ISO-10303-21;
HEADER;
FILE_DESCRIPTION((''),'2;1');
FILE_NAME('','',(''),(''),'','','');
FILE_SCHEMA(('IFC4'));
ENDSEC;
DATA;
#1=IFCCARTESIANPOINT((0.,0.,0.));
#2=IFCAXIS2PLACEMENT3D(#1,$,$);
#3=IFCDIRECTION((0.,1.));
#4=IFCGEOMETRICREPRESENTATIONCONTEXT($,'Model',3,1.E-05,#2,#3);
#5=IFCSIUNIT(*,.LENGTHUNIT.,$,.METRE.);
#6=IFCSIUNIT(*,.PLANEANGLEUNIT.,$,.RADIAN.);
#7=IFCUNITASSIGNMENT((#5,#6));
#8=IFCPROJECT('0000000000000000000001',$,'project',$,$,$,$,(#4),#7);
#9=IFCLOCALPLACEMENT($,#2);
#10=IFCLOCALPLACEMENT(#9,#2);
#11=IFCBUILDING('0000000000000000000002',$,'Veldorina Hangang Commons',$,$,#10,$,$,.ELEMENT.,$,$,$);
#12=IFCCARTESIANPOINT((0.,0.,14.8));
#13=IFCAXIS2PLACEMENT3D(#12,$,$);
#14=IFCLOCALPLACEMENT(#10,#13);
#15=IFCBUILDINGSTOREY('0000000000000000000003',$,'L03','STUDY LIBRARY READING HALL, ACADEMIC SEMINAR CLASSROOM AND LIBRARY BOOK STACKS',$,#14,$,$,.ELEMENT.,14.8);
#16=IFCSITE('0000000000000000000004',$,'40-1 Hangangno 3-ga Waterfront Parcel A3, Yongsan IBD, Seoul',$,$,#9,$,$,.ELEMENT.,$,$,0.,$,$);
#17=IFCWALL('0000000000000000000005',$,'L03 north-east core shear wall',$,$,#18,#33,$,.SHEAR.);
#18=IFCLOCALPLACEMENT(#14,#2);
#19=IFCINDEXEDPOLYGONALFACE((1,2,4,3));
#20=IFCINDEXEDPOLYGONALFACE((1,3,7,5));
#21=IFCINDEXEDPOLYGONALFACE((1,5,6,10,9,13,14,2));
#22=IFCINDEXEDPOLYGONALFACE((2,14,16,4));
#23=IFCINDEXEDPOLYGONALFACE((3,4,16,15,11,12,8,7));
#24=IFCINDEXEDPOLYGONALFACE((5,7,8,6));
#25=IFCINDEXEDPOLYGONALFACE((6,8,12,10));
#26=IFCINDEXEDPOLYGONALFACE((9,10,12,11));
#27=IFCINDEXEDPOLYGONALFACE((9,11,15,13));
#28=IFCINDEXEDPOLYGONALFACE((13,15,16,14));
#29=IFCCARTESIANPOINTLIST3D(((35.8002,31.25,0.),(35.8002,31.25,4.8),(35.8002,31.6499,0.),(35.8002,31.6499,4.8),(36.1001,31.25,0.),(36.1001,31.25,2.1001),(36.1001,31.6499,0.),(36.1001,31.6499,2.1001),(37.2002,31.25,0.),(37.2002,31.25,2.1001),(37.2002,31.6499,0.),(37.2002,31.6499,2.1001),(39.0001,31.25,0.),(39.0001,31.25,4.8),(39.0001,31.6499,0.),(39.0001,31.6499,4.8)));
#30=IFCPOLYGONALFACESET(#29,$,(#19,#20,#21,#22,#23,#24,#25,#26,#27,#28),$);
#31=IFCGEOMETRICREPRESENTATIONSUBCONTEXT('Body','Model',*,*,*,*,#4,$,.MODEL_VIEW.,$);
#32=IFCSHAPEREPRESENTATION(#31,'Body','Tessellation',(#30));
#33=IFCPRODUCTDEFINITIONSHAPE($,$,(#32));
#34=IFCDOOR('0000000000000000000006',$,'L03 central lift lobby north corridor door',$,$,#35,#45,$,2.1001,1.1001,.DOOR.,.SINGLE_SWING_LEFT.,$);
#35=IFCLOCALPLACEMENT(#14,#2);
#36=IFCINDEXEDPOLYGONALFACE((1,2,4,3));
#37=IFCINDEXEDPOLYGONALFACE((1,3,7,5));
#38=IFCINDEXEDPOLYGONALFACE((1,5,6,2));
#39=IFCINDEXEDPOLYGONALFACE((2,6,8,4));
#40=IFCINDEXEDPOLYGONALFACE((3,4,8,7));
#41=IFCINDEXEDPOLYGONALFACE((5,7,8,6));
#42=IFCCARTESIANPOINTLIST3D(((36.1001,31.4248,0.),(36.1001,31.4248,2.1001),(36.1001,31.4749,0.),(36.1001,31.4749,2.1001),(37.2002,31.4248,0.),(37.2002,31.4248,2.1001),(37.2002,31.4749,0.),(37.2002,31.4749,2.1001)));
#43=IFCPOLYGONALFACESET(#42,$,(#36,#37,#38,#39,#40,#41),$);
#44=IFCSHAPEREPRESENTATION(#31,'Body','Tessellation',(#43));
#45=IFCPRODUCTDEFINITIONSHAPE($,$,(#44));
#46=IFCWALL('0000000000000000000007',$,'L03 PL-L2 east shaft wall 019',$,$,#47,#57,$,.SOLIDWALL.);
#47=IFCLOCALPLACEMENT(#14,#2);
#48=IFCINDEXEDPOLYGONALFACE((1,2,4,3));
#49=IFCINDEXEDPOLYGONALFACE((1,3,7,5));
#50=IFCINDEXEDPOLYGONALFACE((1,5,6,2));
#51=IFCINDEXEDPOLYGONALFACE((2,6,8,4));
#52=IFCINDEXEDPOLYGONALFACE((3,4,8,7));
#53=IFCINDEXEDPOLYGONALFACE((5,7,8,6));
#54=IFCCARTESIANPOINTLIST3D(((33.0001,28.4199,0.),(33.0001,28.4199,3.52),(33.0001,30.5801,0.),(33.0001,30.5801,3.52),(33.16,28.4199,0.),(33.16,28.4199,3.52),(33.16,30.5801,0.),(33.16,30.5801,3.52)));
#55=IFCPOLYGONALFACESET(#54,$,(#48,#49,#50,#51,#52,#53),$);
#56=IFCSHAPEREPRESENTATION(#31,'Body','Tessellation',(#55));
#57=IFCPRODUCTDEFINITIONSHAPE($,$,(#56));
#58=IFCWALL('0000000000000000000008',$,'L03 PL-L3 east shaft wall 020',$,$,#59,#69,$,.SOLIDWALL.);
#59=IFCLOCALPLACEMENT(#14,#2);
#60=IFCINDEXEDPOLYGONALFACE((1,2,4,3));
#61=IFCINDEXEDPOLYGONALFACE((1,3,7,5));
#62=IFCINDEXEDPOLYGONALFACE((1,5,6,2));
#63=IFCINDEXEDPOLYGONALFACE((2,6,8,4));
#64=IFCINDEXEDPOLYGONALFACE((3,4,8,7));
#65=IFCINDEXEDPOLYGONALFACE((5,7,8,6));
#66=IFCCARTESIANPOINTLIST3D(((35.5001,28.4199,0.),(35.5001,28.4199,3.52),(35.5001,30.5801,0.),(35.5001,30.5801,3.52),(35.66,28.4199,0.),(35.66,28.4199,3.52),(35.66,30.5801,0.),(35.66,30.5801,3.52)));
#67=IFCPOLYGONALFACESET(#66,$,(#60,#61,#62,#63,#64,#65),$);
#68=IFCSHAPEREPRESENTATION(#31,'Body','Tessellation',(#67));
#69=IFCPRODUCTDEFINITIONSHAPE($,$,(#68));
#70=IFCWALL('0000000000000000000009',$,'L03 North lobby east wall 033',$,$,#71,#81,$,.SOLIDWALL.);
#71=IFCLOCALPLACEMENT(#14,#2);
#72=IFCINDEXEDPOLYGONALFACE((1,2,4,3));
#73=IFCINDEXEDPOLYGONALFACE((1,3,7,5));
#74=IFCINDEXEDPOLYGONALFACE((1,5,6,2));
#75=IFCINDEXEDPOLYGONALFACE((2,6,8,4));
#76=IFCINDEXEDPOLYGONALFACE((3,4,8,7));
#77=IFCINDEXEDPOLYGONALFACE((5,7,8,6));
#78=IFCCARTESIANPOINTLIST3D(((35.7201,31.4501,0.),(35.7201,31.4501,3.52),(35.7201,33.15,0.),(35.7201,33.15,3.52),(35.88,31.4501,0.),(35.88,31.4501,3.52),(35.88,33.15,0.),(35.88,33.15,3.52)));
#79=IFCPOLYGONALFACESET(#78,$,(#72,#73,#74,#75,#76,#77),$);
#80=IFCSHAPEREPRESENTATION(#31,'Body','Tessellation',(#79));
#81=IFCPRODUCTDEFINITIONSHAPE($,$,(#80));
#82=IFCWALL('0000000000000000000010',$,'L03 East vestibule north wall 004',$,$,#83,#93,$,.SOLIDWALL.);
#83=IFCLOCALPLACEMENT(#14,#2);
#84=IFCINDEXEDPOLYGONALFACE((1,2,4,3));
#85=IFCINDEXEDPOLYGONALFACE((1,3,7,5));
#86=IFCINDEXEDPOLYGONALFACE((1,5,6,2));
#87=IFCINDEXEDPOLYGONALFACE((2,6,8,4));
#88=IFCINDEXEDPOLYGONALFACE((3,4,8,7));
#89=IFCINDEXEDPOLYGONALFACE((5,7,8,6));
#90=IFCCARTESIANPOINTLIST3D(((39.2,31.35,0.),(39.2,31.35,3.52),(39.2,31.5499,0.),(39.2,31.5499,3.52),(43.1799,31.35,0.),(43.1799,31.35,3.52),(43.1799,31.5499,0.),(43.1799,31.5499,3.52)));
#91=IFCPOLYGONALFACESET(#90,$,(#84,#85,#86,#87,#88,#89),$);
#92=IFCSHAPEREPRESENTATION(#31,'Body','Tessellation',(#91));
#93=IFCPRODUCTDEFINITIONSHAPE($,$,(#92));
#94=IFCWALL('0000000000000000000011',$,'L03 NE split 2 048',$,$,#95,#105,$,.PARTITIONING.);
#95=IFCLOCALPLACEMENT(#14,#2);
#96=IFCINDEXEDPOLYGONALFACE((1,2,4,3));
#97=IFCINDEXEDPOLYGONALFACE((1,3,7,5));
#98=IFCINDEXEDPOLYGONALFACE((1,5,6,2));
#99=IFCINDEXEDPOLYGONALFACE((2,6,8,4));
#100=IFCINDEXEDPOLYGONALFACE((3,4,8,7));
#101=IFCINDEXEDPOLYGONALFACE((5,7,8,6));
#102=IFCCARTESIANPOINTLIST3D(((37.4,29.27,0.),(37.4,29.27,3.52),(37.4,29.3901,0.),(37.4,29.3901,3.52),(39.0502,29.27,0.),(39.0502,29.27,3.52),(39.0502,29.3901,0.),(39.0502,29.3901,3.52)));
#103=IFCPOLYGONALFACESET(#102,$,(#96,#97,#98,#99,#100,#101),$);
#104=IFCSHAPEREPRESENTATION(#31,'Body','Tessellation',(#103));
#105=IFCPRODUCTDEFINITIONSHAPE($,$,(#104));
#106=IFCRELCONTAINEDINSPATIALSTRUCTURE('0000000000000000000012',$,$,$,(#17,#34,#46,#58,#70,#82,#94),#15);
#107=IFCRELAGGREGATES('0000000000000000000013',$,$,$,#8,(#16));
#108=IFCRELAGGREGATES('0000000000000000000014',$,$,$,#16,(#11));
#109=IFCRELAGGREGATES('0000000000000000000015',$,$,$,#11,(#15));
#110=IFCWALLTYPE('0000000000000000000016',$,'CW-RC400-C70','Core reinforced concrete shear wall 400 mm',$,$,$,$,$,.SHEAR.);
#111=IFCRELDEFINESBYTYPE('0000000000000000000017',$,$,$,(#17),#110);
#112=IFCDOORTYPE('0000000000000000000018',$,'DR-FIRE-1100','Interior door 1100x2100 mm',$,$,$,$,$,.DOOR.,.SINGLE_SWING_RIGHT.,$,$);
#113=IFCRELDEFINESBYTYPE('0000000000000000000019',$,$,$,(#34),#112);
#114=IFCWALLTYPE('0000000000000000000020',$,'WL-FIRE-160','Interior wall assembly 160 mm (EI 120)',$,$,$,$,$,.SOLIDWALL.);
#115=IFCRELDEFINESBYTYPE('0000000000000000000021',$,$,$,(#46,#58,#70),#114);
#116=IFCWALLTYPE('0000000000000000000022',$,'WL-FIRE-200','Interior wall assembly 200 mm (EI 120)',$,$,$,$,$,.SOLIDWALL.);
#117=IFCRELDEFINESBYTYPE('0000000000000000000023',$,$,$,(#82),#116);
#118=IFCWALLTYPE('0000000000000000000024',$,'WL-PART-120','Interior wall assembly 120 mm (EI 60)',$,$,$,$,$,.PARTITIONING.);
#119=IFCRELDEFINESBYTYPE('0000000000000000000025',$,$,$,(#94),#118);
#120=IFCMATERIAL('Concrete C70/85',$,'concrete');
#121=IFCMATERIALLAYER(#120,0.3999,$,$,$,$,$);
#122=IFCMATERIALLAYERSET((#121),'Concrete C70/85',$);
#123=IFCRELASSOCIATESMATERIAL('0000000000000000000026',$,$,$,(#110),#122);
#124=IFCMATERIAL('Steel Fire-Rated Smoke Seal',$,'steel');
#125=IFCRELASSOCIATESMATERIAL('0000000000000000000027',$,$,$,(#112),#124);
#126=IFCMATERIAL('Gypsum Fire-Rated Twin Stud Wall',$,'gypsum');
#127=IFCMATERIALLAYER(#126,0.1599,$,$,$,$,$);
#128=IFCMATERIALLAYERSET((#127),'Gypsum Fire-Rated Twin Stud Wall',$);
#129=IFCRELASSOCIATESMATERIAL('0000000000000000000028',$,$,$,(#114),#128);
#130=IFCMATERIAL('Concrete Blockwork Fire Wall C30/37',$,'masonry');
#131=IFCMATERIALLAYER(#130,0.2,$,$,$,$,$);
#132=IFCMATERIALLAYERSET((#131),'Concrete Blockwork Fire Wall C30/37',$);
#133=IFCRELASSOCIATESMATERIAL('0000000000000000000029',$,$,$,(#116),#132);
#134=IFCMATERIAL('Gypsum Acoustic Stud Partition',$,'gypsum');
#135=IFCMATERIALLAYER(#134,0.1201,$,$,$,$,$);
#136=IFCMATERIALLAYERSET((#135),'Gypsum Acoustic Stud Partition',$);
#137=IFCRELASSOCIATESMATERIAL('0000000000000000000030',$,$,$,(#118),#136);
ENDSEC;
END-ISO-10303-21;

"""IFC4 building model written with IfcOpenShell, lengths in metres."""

from ifc_helpers import new_model, si_unit, direction, frame, frame_2d, origin, place, context, subcontext, project, spatial, rectangle, extrude, material, layer, layer_set, type_object, element, fill, save


model = new_model("IFC4")

# Units and contexts
model_context = context("Model", 3, precision=1e-05, world=origin(), true_north=direction((0.0, 1.0)))
body_context = subcontext(model_context, "Body", "Model", "MODEL_VIEW")
ifc_project = project(units=[si_unit("LENGTHUNIT", "METRE"), si_unit("PLANEANGLEUNIT", "RADIAN")], contexts=[model_context])

# Site, building, storey
site_placement = place(None, origin())
site = spatial("IfcSite", under=ifc_project, at=site_placement, Name="40-1 Hangangno 3-ga Waterfront Parcel A3, Yongsan IBD, Seoul", CompositionType="ELEMENT", RefElevation=0.0)
building_placement = place(site_placement, origin())
building = spatial("IfcBuilding", under=site, at=building_placement, Name="Veldorina Hangang Commons", CompositionType="ELEMENT")
storey_placement = place(building_placement, frame((0.0, 0.0, 14.8)))
storey = spatial("IfcBuildingStorey", under=building, at=storey_placement, Name="L03", Description="STUDY LIBRARY READING HALL, ACADEMIC SEMINAR CLASSROOM AND LIBRARY BOOK STACKS", CompositionType="ELEMENT", Elevation=14.8)

# Wall, opening, door
ifc_material_1 = material(Name="Concrete C70/85", Category="concrete")
ifc_layer_1 = layer(ifc_material_1, 0.3999)
ifc_layer_set_1 = layer_set([ifc_layer_1], Name="Concrete C70/85")
wall_type_1 = type_object("IfcWallType", Name="CW-RC400-C70", Description="Core reinforced concrete shear wall 400 mm", PredefinedType="SHEAR", material=ifc_layer_set_1)
wall_1_placement = place(storey_placement, frame((35.8, 31.45, 0.0), z_axis=(0.0, 0.0, 1.0), x_axis=(1.0, 0.0, 0.0)))
wall_1 = element("IfcWall", 1, at=wall_1_placement, inside=storey, type_object=wall_type_1, Name="L03 north-east core shear wall", PredefinedType="SHEAR", context=body_context, shape_type="SweptSolid", body=[
    extrude(rectangle(XDim=3.2, YDim=0.3999, at=frame_2d((1.6001, 0.0))), origin(), (0.0, 0.0, 1.0), 4.8),
])
opening_placement = place(wall_1_placement, frame((0.3, 0.0, 0.0)))
opening = element("IfcOpeningElement", 2, at=opening_placement, cuts=wall_1, PredefinedType="OPENING", context=body_context, shape_type="SweptSolid", body=[
    extrude(rectangle(XDim=1.1001, YDim=2.1001, at=frame_2d((0.55, 1.05))), frame((0.0, 0.21, 0.0), z_axis=(0.0, -1.0, 0.0), x_axis=(1.0, 0.0, 0.0)), (0.0, 0.0, 1.0), 0.4199),
])
ifc_material_2 = material(Name="Steel Fire-Rated Smoke Seal", Category="steel")
door_type = type_object("IfcDoorType", Name="DR-FIRE-1100", Description="Interior door 1100x2100 mm", OperationType="SINGLE_SWING_RIGHT", PredefinedType="DOOR", material=ifc_material_2)
door_placement = place(opening_placement, origin())
door = element("IfcDoor", 3, at=door_placement, inside=storey, type_object=door_type, Name="L03 central lift lobby north corridor door", OperationType="SINGLE_SWING_LEFT", OverallHeight=2.1001, OverallWidth=1.1001, PredefinedType="DOOR", context=body_context, shape_type="SweptSolid", body=[
    extrude(rectangle(XDim=1.1001, YDim=2.1001, at=frame_2d((0.55, 1.05))), frame((0.0, 0.0249, 0.0), z_axis=(0.0, -1.0, 0.0), x_axis=(1.0, 0.0, 0.0)), (0.0, 0.0, 1.0), 0.05),
])
fill(opening, door)

# Walls
ifc_material_3 = material(Name="Gypsum Fire-Rated Twin Stud Wall", Category="gypsum")
ifc_layer_2 = layer(ifc_material_3, 0.1599)
ifc_layer_set_2 = layer_set([ifc_layer_2], Name="Gypsum Fire-Rated Twin Stud Wall")
wall_type_2 = type_object("IfcWallType", Name="WL-FIRE-160", Description="Interior wall assembly 160 mm (EI 120)", PredefinedType="SOLIDWALL", material=ifc_layer_set_2)
for number, where, z_axis, x_axis, name in (
    (4, (33.0801, 28.4199, 0.0), (0.0, 0.0, 1.0), (0.0, 1.0, 0.0), "L03 PL-L2 east shaft wall 019"),
    (5, (35.5801, 28.4199, 0.0), (0.0, 0.0, 1.0), (0.0, 1.0, 0.0), "L03 PL-L3 east shaft wall 020"),
):
    element("IfcWall", number, at=place(storey_placement, frame(where, z_axis=z_axis, x_axis=x_axis)), inside=storey, type_object=wall_type_2, Name=name, PredefinedType="SOLIDWALL", context=body_context, shape_type="SweptSolid", body=[
        extrude(rectangle(XDim=2.1602, YDim=0.1599, at=frame_2d((1.0801, 0.0))), origin(), (0.0, 0.0, 1.0), 3.52),
    ])
wall_2_placement = place(storey_placement, frame((35.8, 31.45, 0.0), z_axis=(0.0, 0.0, 1.0), x_axis=(0.0, 1.0, 0.0)))
element("IfcWall", 6, at=wall_2_placement, inside=storey, type_object=wall_type_2, Name="L03 North lobby east wall 033", PredefinedType="SOLIDWALL", context=body_context, shape_type="SweptSolid", body=[
    extrude(rectangle(XDim=1.7, YDim=0.1599, at=frame_2d((0.8501, 0.0))), origin(), (0.0, 0.0, 1.0), 3.52),
])
ifc_material_4 = material(Name="Concrete Blockwork Fire Wall C30/37", Category="masonry")
ifc_layer_3 = layer(ifc_material_4, 0.2)
ifc_layer_set_3 = layer_set([ifc_layer_3], Name="Concrete Blockwork Fire Wall C30/37")
wall_type_3 = type_object("IfcWallType", Name="WL-FIRE-200", Description="Interior wall assembly 200 mm (EI 120)", PredefinedType="SOLIDWALL", material=ifc_layer_set_3)
wall_3_placement = place(storey_placement, frame((39.2, 31.45, 0.0), z_axis=(0.0, 0.0, 1.0), x_axis=(1.0, 0.0, 0.0)))
element("IfcWall", 7, at=wall_3_placement, inside=storey, type_object=wall_type_3, Name="L03 East vestibule north wall 004", PredefinedType="SOLIDWALL", context=body_context, shape_type="SweptSolid", body=[
    extrude(rectangle(XDim=3.98, YDim=0.2, at=frame_2d((1.99, 0.0))), origin(), (0.0, 0.0, 1.0), 3.52),
])
ifc_material_5 = material(Name="Gypsum Acoustic Stud Partition", Category="gypsum")
ifc_layer_4 = layer(ifc_material_5, 0.1201)
ifc_layer_set_4 = layer_set([ifc_layer_4], Name="Gypsum Acoustic Stud Partition")
wall_type_4 = type_object("IfcWallType", Name="WL-PART-120", Description="Interior wall assembly 120 mm (EI 60)", PredefinedType="PARTITIONING", material=ifc_layer_set_4)
wall_4_placement = place(storey_placement, frame((37.3999, 29.3301, 0.0), z_axis=(0.0, 0.0, 1.0), x_axis=(1.0, 0.0, 0.0)))
element("IfcWall", 8, at=wall_4_placement, inside=storey, type_object=wall_type_4, Name="L03 NE split 2 048", PredefinedType="PARTITIONING", context=body_context, shape_type="SweptSolid", body=[
    extrude(rectangle(XDim=1.6501, YDim=0.1201, at=frame_2d((0.8252, 0.0))), origin(), (0.0, 0.0, 1.0), 3.52),
])

save(model, "model.ifc")
